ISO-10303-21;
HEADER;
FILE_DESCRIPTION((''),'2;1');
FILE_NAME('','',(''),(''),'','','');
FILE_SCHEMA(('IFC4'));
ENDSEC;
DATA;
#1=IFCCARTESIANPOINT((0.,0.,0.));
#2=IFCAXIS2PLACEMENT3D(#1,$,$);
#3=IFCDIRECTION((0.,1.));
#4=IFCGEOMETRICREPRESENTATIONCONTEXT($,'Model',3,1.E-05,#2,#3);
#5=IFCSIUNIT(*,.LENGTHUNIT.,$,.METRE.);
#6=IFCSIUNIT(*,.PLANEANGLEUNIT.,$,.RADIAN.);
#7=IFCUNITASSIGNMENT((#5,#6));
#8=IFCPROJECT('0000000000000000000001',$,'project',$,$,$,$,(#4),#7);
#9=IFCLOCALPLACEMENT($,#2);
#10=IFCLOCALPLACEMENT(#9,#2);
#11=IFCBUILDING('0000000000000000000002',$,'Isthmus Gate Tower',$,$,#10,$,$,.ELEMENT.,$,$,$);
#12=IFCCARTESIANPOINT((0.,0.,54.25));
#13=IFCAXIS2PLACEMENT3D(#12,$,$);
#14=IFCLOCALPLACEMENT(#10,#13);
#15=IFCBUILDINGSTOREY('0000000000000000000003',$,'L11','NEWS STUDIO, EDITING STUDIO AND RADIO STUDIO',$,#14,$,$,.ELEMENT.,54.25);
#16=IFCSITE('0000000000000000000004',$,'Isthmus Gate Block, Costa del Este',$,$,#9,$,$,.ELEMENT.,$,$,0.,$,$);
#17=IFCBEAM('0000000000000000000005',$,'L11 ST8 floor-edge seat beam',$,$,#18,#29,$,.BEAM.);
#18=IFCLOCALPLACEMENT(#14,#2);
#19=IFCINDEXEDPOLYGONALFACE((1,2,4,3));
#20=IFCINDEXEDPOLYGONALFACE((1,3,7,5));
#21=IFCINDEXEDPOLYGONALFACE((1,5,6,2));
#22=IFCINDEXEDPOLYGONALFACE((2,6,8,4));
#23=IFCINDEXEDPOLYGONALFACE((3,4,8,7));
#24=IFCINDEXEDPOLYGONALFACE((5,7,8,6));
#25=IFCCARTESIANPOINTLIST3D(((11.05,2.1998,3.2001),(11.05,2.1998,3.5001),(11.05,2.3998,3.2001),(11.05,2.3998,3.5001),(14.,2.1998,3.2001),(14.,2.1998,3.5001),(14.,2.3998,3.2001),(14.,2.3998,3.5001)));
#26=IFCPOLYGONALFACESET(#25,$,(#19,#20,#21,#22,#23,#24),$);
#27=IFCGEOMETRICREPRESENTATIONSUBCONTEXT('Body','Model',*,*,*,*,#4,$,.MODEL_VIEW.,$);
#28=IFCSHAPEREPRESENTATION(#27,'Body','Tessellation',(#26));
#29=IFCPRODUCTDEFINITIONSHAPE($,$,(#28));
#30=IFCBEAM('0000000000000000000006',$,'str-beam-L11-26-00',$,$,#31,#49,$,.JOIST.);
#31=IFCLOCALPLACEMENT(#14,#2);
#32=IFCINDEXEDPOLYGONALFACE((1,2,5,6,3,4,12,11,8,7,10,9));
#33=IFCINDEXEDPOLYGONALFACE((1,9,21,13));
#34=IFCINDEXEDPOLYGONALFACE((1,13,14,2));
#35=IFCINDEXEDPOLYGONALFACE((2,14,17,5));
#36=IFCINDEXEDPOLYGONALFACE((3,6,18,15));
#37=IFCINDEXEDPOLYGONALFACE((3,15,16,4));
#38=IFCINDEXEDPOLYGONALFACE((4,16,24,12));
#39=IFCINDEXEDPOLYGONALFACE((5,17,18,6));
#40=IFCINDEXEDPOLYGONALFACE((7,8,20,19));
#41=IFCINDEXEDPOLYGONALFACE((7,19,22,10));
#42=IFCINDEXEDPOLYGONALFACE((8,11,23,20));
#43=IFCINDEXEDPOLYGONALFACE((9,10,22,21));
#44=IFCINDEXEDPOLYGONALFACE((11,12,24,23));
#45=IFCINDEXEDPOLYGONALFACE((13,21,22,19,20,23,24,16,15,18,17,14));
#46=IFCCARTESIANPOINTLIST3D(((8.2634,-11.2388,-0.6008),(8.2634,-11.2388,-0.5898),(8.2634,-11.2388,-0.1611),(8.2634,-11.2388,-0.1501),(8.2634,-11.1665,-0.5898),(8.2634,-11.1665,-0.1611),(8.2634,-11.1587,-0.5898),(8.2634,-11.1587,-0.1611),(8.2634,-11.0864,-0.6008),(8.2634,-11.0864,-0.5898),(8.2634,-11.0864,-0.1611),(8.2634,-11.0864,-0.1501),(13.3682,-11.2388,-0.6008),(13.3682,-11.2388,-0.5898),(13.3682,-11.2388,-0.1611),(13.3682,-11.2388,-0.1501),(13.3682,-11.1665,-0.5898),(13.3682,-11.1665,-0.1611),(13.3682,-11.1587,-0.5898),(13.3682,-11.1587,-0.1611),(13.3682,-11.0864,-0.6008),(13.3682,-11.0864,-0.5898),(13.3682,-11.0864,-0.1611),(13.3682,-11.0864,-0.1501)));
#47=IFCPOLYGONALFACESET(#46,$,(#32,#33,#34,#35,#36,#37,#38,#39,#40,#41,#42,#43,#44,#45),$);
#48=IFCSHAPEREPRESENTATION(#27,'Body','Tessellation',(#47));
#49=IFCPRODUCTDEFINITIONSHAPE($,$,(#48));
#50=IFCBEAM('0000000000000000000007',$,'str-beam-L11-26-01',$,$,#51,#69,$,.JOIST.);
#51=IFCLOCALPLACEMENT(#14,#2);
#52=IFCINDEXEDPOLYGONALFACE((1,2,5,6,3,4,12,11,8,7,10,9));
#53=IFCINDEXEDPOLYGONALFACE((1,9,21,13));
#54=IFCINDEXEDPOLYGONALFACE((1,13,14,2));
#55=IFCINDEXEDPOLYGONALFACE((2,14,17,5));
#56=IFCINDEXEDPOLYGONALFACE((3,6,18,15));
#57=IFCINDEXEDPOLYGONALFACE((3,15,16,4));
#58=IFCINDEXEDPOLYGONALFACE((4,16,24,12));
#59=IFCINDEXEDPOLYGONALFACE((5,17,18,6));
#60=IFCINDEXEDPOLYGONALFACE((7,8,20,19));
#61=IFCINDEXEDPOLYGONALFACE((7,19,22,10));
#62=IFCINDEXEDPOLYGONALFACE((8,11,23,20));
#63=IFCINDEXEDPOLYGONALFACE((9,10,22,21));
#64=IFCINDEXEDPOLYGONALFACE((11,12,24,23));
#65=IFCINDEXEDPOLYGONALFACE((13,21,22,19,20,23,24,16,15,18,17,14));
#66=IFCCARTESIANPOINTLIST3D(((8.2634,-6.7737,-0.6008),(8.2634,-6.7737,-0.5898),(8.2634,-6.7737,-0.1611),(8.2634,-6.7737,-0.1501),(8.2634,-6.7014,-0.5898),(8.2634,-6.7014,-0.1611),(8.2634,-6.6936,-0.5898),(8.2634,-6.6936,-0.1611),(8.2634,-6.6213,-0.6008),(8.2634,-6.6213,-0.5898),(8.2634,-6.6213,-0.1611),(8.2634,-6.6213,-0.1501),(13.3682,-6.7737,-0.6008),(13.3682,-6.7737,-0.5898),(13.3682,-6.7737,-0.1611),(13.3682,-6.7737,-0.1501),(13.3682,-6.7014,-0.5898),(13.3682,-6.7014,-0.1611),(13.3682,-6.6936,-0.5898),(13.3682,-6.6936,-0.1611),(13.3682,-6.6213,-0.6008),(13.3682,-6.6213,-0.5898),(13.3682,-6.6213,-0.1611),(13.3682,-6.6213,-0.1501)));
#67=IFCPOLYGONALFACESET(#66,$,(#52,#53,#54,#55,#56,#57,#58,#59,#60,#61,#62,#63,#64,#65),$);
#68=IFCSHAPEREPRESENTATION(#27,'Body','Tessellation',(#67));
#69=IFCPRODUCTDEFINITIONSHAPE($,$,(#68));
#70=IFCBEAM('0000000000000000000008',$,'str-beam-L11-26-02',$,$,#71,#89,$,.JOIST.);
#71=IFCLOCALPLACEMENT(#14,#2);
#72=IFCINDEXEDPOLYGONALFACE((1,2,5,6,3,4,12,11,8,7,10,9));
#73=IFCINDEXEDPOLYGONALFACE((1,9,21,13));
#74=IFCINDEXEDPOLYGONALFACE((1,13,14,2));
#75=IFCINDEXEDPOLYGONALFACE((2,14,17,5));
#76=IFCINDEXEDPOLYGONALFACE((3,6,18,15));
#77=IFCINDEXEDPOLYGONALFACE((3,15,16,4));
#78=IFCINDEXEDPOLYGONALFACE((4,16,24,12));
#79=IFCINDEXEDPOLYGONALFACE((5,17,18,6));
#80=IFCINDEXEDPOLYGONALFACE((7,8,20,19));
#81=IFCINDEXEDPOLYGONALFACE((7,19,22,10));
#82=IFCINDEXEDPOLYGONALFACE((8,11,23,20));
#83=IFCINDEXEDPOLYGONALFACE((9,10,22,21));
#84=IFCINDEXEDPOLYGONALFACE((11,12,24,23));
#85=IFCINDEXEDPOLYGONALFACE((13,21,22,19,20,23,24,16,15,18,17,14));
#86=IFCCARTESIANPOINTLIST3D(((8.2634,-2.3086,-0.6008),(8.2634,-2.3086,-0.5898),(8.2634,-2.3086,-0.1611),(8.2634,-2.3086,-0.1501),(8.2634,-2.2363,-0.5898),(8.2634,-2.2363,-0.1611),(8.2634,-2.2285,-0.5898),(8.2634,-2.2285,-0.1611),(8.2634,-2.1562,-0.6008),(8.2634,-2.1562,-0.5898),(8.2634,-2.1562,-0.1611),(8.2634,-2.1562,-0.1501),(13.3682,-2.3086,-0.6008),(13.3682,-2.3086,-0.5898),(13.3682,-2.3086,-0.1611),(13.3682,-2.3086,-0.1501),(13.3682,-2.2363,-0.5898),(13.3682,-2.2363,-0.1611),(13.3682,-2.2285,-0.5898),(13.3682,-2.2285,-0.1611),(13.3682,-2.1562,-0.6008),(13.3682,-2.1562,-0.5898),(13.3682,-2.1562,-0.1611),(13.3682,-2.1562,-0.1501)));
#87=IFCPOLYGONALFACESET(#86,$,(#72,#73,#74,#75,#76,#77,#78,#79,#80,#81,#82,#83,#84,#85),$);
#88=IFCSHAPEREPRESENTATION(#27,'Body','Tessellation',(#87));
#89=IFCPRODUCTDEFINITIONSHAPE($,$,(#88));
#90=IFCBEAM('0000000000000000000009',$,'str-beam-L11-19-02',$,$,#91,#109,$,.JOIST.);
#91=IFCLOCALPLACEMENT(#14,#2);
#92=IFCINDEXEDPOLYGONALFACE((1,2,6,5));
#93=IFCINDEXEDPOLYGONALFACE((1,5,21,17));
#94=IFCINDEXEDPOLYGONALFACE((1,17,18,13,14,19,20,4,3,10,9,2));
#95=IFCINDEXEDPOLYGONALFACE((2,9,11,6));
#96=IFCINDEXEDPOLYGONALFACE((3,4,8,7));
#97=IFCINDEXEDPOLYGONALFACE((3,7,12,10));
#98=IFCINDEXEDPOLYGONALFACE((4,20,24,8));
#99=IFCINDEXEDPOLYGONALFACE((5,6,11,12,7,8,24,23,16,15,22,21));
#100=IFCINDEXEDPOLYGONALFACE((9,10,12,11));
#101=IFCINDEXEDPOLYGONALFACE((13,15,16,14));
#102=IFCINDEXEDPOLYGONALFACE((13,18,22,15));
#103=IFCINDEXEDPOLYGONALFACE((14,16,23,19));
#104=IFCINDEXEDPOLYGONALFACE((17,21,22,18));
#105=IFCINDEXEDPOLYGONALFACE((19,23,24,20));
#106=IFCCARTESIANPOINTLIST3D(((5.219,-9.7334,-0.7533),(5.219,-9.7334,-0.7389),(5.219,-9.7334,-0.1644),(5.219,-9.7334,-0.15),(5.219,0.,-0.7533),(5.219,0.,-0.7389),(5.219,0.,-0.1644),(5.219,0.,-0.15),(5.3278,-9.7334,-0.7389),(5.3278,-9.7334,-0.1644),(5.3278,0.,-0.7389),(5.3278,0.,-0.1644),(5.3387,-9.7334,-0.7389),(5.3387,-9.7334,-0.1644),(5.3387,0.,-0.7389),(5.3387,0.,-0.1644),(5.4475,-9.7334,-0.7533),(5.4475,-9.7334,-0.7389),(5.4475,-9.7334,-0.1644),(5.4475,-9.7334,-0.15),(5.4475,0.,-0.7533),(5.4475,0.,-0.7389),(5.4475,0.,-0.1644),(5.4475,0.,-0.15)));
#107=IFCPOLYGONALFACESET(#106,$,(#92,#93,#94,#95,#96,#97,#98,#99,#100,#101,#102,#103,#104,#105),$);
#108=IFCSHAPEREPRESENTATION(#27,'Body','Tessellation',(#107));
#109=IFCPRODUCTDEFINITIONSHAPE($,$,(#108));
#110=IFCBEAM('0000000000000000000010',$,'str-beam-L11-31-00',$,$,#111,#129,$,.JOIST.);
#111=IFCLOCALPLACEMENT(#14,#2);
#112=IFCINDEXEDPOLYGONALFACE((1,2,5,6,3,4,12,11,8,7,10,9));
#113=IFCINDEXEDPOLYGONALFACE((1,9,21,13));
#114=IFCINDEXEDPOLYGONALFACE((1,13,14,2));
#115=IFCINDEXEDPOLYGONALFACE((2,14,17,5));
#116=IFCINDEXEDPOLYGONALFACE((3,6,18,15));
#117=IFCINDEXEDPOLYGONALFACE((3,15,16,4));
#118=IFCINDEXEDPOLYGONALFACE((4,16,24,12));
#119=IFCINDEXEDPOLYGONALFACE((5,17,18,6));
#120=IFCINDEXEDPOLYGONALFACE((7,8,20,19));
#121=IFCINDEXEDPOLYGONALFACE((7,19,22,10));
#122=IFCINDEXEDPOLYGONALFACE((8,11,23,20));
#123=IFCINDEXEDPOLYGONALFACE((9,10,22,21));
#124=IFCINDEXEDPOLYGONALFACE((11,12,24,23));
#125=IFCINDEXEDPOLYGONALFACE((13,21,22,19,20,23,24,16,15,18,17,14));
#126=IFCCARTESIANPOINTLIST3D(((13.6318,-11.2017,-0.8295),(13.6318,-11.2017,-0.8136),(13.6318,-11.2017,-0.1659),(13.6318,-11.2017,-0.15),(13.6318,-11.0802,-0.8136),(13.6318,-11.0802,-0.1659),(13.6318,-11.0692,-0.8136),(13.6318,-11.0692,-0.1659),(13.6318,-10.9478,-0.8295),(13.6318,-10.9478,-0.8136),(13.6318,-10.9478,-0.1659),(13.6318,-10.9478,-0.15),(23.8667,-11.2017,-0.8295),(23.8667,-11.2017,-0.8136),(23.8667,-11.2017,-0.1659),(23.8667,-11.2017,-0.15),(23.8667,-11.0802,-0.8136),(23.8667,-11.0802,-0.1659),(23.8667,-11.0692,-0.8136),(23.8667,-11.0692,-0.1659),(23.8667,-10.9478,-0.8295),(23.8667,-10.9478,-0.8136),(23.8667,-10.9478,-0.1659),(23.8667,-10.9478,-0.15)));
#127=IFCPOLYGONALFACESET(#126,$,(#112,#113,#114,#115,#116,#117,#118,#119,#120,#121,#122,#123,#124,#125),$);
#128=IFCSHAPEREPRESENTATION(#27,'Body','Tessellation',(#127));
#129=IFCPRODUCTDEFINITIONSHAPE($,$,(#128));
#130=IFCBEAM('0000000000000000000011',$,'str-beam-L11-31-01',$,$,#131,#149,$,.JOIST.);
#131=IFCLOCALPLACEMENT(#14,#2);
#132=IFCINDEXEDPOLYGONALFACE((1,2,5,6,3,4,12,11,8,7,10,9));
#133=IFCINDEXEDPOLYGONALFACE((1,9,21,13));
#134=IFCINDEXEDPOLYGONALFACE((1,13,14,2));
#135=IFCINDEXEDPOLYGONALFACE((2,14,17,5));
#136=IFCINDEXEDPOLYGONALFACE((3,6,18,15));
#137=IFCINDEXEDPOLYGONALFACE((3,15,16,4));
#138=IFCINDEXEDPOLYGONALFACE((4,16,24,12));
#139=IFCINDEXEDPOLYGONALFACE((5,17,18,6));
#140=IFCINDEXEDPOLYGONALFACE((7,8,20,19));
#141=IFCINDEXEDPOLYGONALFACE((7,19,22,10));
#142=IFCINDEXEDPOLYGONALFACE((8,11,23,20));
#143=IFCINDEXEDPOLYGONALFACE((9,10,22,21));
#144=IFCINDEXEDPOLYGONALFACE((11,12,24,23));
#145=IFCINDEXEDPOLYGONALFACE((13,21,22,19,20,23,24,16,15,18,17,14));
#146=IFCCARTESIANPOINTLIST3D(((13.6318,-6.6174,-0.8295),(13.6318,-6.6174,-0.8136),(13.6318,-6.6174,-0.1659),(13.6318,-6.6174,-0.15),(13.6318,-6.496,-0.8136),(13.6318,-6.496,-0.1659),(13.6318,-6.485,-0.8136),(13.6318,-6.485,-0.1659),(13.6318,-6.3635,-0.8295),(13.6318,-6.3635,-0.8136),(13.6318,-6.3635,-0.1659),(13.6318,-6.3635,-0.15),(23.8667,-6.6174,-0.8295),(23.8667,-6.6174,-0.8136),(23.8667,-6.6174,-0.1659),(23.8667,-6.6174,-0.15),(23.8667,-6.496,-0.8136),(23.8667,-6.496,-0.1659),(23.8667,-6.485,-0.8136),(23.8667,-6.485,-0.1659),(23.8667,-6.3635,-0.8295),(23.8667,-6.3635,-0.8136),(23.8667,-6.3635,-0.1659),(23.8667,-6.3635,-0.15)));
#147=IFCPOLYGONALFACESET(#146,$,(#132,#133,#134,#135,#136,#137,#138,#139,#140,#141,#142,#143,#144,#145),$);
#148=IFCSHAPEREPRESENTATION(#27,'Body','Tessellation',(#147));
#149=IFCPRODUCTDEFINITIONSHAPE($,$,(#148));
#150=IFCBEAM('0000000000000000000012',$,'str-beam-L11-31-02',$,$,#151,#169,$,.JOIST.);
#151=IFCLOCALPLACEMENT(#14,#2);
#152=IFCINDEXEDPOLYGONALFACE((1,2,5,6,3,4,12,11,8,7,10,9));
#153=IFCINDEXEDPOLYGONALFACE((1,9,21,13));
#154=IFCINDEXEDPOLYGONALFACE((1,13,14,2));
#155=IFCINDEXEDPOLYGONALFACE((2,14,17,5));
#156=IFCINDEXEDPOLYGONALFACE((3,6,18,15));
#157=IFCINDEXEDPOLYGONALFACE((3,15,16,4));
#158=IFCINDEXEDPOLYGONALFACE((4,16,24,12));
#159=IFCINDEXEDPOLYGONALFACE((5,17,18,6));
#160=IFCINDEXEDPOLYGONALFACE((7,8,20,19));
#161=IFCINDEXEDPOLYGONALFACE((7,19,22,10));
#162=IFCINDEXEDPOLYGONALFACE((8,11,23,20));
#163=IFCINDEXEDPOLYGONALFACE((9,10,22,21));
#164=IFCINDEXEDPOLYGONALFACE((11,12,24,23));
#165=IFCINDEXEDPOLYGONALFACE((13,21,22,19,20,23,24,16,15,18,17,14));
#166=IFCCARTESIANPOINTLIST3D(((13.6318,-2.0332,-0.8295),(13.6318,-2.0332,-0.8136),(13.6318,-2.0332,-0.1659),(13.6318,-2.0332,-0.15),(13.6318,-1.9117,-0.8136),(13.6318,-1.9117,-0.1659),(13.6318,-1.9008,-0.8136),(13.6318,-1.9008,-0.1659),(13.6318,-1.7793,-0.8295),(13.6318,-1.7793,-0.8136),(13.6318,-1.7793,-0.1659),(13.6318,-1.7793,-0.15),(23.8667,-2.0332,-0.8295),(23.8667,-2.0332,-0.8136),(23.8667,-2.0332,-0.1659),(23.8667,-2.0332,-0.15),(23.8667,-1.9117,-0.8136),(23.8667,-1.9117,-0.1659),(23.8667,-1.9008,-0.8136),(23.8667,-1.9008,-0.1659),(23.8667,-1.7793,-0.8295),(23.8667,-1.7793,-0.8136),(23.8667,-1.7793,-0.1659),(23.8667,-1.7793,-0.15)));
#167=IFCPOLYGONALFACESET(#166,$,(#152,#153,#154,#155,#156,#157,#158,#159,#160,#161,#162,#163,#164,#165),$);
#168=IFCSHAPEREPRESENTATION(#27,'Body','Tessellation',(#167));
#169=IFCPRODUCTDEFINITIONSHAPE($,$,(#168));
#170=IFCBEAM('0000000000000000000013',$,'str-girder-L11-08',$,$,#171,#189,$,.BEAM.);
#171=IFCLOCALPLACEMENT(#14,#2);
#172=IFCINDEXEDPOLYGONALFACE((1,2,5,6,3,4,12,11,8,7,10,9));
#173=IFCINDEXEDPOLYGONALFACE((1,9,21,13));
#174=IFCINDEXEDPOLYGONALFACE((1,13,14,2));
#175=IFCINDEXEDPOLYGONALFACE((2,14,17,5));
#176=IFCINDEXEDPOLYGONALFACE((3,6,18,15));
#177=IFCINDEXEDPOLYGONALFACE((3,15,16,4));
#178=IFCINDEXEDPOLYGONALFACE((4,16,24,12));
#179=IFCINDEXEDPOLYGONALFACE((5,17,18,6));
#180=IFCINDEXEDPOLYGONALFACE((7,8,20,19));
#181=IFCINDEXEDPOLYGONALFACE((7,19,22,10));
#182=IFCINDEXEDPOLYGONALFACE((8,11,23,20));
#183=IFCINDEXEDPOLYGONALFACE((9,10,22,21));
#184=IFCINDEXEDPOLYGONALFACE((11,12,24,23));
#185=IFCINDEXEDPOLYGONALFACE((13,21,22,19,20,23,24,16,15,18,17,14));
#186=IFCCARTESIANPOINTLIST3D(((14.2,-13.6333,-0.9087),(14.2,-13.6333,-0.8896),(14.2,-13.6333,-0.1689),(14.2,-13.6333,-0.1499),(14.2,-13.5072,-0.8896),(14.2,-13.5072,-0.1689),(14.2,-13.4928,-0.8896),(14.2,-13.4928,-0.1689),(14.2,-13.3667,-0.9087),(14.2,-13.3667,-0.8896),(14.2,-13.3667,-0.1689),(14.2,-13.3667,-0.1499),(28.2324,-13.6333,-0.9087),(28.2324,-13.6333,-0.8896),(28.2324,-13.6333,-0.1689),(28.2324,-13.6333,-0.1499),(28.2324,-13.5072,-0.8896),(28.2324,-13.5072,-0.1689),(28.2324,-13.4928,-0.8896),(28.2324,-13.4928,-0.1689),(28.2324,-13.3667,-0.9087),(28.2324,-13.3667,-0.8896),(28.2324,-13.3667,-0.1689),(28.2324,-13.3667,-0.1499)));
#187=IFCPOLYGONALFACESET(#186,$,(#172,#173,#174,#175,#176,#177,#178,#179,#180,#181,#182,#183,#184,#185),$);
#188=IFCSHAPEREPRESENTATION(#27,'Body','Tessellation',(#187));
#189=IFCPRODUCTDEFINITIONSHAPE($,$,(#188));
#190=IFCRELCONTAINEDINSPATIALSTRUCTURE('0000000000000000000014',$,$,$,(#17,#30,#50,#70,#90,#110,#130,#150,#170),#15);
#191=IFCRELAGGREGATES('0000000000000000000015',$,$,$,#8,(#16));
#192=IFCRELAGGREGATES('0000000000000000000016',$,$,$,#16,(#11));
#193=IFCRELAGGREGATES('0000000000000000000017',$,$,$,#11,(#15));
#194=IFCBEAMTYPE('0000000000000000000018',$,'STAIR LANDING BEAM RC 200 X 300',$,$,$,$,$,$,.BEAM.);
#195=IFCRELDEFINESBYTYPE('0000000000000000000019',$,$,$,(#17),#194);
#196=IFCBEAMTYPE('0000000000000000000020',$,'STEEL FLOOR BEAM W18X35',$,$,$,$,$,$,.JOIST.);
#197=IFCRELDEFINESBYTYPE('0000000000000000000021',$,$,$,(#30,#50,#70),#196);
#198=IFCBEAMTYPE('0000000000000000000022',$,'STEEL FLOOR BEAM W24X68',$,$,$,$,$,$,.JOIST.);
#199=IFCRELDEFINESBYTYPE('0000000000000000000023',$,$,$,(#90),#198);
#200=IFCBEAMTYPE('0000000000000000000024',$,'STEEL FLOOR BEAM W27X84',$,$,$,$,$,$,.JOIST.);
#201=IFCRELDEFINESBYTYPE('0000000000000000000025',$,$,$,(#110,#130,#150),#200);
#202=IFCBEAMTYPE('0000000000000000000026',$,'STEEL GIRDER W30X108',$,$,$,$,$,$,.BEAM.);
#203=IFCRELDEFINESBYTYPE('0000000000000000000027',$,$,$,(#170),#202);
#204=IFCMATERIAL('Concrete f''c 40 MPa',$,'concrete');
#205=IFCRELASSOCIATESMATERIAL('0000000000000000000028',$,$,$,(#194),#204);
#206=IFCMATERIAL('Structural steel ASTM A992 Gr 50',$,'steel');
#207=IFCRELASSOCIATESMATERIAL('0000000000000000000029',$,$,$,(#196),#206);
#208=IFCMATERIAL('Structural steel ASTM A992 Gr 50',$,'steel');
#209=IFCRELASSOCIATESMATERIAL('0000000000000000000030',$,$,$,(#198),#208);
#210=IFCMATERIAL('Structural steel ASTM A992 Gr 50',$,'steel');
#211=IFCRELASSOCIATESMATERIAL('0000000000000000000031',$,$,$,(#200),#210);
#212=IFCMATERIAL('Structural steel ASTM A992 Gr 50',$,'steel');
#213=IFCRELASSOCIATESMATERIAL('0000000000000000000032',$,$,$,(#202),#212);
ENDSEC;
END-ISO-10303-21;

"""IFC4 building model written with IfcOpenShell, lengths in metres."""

from ifc_helpers import new_model, si_unit, direction, frame, origin, origin_2d, place, context, subcontext, project, spatial, rectangle, i_section, extrude, material, material_profile, profile_set, type_object, element, save


model = new_model("IFC4")

# Units and contexts
model_context = context("Model", 3, precision=1e-05, world=origin(), true_north=direction((0.0, 1.0)))
body_context = subcontext(model_context, "Body", "Model", "MODEL_VIEW")
ifc_project = project(units=[si_unit("LENGTHUNIT", "METRE"), si_unit("PLANEANGLEUNIT", "RADIAN")], contexts=[model_context])

# Site, building, storey
site_placement = place(None, origin())
site = spatial("IfcSite", under=ifc_project, at=site_placement, Name="Isthmus Gate Block, Costa del Este", CompositionType="ELEMENT", RefElevation=0.0)
building_placement = place(site_placement, origin())
building = spatial("IfcBuilding", under=site, at=building_placement, Name="Isthmus Gate Tower", CompositionType="ELEMENT")
storey_placement = place(building_placement, frame((0.0, 0.0, 54.25)))
storey = spatial("IfcBuildingStorey", under=building, at=storey_placement, Name="L11", Description="NEWS STUDIO, EDITING STUDIO AND RADIO STUDIO", CompositionType="ELEMENT", Elevation=54.25)

# Beams
ifc_material_1 = material(Name="Concrete f'c 40 MPa", Category="concrete")
ifc_material_profile_1 = material_profile(ifc_material_1, rectangle(XDim=0.2, YDim=0.3, at=origin_2d()), Name="STAIR LANDING BEAM RC 200 X 300")
ifc_profile_set_1 = profile_set([ifc_material_profile_1], Name="Concrete f'c 40 MPa")
beam_type_1 = type_object("IfcBeamType", Name="STAIR LANDING BEAM RC 200 X 300", PredefinedType="BEAM", material=ifc_profile_set_1)
beam_1_placement = place(storey_placement, frame((11.05, 2.2998, 3.3501), z_axis=(1.0, 0.0, 0.0), x_axis=(0.0, 1.0, 0.0)))
element("IfcBeam", 1, at=beam_1_placement, inside=storey, type_object=beam_type_1, Name="L11 ST8 floor-edge seat beam", PredefinedType="BEAM", context=body_context, shape_type="SweptSolid", body=[
    extrude(rectangle(XDim=0.2, YDim=0.3, at=origin_2d()), origin(), (0.0, 0.0, 1.0), 2.95),
])
ifc_material_2 = material(Name="Structural steel ASTM A992 Gr 50", Category="steel")
ifc_material_profile_2 = material_profile(ifc_material_2, i_section(OverallWidth=0.1523, OverallDepth=0.4507, WebThickness=0.0078, FlangeThickness=0.011, at=origin_2d()), Name="W18X35")
ifc_profile_set_2 = profile_set([ifc_material_profile_2], Name="Structural steel ASTM A992 Gr 50")
beam_type_2 = type_object("IfcBeamType", Name="STEEL FLOOR BEAM W18X35", PredefinedType="JOIST", material=ifc_profile_set_2)
for number, where, z_axis, x_axis, name in (
    (2, (8.2634, -11.1626, -0.3755), (1.0, 0.0, 0.0), (0.0, 1.0, 0.0), "str-beam-L11-26-00"),
    (3, (8.2634, -6.6975, -0.3755), (1.0, 0.0, 0.0), (0.0, 1.0, 0.0), "str-beam-L11-26-01"),
    (4, (8.2634, -2.2324, -0.3755), (1.0, 0.0, 0.0), (0.0, 1.0, 0.0), "str-beam-L11-26-02"),
):
    element("IfcBeam", number, at=place(storey_placement, frame(where, z_axis=z_axis, x_axis=x_axis)), inside=storey, type_object=beam_type_2, Name=name, PredefinedType="JOIST", context=body_context, shape_type="SweptSolid", body=[
        extrude(i_section(OverallWidth=0.1523, OverallDepth=0.4507, WebThickness=0.0078, FlangeThickness=0.011, at=origin_2d()), origin(), (0.0, 0.0, 1.0), 5.1047),
    ])
ifc_material_3 = material(Name="Structural steel ASTM A992 Gr 50", Category="steel")
ifc_material_profile_3 = material_profile(ifc_material_3, i_section(OverallWidth=0.2285, OverallDepth=0.6033, WebThickness=0.011, FlangeThickness=0.0144, at=origin_2d()), Name="W24X68")
ifc_profile_set_3 = profile_set([ifc_material_profile_3], Name="Structural steel ASTM A992 Gr 50")
beam_type_3 = type_object("IfcBeamType", Name="STEEL FLOOR BEAM W24X68", PredefinedType="JOIST", material=ifc_profile_set_3)
beam_2_placement = place(storey_placement, frame((5.3333, -9.7334, -0.4517), z_axis=(0.0, 1.0, 0.0), x_axis=(-1.0, 0.0, 0.0)))
element("IfcBeam", 5, at=beam_2_placement, inside=storey, type_object=beam_type_3, Name="str-beam-L11-19-02", PredefinedType="JOIST", context=body_context, shape_type="SweptSolid", body=[
    extrude(i_section(OverallWidth=0.2285, OverallDepth=0.6033, WebThickness=0.011, FlangeThickness=0.0144, at=origin_2d()), origin(), (0.0, 0.0, 1.0), 9.7334),
])
ifc_material_4 = material(Name="Structural steel ASTM A992 Gr 50", Category="steel")
ifc_material_profile_4 = material_profile(ifc_material_4, i_section(OverallWidth=0.2539, OverallDepth=0.6794, WebThickness=0.011, FlangeThickness=0.0159, at=origin_2d()), Name="W27X84")
ifc_profile_set_4 = profile_set([ifc_material_profile_4], Name="Structural steel ASTM A992 Gr 50")
beam_type_4 = type_object("IfcBeamType", Name="STEEL FLOOR BEAM W27X84", PredefinedType="JOIST", material=ifc_profile_set_4)
for number, where, z_axis, x_axis, name in (
    (6, (13.6318, -11.0747, -0.4897), (1.0, 0.0, 0.0), (0.0, 1.0, 0.0), "str-beam-L11-31-00"),
    (7, (13.6318, -6.4905, -0.4897), (1.0, 0.0, 0.0), (0.0, 1.0, 0.0), "str-beam-L11-31-01"),
    (8, (13.6318, -1.9062, -0.4897), (1.0, 0.0, 0.0), (0.0, 1.0, 0.0), "str-beam-L11-31-02"),
):
    element("IfcBeam", number, at=place(storey_placement, frame(where, z_axis=z_axis, x_axis=x_axis)), inside=storey, type_object=beam_type_4, Name=name, PredefinedType="JOIST", context=body_context, shape_type="SweptSolid", body=[
        extrude(i_section(OverallWidth=0.2539, OverallDepth=0.6794, WebThickness=0.011, FlangeThickness=0.0159, at=origin_2d()), origin(), (0.0, 0.0, 1.0), 10.2349),
    ])
ifc_material_5 = material(Name="Structural steel ASTM A992 Gr 50", Category="steel")
ifc_material_profile_5 = material_profile(ifc_material_5, i_section(OverallWidth=0.2666, OverallDepth=0.7588, WebThickness=0.0144, FlangeThickness=0.019, at=origin_2d()), Name="W30X108")
ifc_profile_set_5 = profile_set([ifc_material_profile_5], Name="Structural steel ASTM A992 Gr 50")
beam_type_5 = type_object("IfcBeamType", Name="STEEL GIRDER W30X108", PredefinedType="BEAM", material=ifc_profile_set_5)
beam_3_placement = place(storey_placement, frame((14.2, -13.5, -0.5293), z_axis=(1.0, 0.0, 0.0), x_axis=(0.0, 1.0, 0.0)))
element("IfcBeam", 9, at=beam_3_placement, inside=storey, type_object=beam_type_5, Name="str-girder-L11-08", PredefinedType="BEAM", context=body_context, shape_type="SweptSolid", body=[
    extrude(i_section(OverallWidth=0.2666, OverallDepth=0.7588, WebThickness=0.0144, FlangeThickness=0.019, at=origin_2d()), origin(), (0.0, 0.0, 1.0), 14.0325),
])

save(model, "model.ifc")
